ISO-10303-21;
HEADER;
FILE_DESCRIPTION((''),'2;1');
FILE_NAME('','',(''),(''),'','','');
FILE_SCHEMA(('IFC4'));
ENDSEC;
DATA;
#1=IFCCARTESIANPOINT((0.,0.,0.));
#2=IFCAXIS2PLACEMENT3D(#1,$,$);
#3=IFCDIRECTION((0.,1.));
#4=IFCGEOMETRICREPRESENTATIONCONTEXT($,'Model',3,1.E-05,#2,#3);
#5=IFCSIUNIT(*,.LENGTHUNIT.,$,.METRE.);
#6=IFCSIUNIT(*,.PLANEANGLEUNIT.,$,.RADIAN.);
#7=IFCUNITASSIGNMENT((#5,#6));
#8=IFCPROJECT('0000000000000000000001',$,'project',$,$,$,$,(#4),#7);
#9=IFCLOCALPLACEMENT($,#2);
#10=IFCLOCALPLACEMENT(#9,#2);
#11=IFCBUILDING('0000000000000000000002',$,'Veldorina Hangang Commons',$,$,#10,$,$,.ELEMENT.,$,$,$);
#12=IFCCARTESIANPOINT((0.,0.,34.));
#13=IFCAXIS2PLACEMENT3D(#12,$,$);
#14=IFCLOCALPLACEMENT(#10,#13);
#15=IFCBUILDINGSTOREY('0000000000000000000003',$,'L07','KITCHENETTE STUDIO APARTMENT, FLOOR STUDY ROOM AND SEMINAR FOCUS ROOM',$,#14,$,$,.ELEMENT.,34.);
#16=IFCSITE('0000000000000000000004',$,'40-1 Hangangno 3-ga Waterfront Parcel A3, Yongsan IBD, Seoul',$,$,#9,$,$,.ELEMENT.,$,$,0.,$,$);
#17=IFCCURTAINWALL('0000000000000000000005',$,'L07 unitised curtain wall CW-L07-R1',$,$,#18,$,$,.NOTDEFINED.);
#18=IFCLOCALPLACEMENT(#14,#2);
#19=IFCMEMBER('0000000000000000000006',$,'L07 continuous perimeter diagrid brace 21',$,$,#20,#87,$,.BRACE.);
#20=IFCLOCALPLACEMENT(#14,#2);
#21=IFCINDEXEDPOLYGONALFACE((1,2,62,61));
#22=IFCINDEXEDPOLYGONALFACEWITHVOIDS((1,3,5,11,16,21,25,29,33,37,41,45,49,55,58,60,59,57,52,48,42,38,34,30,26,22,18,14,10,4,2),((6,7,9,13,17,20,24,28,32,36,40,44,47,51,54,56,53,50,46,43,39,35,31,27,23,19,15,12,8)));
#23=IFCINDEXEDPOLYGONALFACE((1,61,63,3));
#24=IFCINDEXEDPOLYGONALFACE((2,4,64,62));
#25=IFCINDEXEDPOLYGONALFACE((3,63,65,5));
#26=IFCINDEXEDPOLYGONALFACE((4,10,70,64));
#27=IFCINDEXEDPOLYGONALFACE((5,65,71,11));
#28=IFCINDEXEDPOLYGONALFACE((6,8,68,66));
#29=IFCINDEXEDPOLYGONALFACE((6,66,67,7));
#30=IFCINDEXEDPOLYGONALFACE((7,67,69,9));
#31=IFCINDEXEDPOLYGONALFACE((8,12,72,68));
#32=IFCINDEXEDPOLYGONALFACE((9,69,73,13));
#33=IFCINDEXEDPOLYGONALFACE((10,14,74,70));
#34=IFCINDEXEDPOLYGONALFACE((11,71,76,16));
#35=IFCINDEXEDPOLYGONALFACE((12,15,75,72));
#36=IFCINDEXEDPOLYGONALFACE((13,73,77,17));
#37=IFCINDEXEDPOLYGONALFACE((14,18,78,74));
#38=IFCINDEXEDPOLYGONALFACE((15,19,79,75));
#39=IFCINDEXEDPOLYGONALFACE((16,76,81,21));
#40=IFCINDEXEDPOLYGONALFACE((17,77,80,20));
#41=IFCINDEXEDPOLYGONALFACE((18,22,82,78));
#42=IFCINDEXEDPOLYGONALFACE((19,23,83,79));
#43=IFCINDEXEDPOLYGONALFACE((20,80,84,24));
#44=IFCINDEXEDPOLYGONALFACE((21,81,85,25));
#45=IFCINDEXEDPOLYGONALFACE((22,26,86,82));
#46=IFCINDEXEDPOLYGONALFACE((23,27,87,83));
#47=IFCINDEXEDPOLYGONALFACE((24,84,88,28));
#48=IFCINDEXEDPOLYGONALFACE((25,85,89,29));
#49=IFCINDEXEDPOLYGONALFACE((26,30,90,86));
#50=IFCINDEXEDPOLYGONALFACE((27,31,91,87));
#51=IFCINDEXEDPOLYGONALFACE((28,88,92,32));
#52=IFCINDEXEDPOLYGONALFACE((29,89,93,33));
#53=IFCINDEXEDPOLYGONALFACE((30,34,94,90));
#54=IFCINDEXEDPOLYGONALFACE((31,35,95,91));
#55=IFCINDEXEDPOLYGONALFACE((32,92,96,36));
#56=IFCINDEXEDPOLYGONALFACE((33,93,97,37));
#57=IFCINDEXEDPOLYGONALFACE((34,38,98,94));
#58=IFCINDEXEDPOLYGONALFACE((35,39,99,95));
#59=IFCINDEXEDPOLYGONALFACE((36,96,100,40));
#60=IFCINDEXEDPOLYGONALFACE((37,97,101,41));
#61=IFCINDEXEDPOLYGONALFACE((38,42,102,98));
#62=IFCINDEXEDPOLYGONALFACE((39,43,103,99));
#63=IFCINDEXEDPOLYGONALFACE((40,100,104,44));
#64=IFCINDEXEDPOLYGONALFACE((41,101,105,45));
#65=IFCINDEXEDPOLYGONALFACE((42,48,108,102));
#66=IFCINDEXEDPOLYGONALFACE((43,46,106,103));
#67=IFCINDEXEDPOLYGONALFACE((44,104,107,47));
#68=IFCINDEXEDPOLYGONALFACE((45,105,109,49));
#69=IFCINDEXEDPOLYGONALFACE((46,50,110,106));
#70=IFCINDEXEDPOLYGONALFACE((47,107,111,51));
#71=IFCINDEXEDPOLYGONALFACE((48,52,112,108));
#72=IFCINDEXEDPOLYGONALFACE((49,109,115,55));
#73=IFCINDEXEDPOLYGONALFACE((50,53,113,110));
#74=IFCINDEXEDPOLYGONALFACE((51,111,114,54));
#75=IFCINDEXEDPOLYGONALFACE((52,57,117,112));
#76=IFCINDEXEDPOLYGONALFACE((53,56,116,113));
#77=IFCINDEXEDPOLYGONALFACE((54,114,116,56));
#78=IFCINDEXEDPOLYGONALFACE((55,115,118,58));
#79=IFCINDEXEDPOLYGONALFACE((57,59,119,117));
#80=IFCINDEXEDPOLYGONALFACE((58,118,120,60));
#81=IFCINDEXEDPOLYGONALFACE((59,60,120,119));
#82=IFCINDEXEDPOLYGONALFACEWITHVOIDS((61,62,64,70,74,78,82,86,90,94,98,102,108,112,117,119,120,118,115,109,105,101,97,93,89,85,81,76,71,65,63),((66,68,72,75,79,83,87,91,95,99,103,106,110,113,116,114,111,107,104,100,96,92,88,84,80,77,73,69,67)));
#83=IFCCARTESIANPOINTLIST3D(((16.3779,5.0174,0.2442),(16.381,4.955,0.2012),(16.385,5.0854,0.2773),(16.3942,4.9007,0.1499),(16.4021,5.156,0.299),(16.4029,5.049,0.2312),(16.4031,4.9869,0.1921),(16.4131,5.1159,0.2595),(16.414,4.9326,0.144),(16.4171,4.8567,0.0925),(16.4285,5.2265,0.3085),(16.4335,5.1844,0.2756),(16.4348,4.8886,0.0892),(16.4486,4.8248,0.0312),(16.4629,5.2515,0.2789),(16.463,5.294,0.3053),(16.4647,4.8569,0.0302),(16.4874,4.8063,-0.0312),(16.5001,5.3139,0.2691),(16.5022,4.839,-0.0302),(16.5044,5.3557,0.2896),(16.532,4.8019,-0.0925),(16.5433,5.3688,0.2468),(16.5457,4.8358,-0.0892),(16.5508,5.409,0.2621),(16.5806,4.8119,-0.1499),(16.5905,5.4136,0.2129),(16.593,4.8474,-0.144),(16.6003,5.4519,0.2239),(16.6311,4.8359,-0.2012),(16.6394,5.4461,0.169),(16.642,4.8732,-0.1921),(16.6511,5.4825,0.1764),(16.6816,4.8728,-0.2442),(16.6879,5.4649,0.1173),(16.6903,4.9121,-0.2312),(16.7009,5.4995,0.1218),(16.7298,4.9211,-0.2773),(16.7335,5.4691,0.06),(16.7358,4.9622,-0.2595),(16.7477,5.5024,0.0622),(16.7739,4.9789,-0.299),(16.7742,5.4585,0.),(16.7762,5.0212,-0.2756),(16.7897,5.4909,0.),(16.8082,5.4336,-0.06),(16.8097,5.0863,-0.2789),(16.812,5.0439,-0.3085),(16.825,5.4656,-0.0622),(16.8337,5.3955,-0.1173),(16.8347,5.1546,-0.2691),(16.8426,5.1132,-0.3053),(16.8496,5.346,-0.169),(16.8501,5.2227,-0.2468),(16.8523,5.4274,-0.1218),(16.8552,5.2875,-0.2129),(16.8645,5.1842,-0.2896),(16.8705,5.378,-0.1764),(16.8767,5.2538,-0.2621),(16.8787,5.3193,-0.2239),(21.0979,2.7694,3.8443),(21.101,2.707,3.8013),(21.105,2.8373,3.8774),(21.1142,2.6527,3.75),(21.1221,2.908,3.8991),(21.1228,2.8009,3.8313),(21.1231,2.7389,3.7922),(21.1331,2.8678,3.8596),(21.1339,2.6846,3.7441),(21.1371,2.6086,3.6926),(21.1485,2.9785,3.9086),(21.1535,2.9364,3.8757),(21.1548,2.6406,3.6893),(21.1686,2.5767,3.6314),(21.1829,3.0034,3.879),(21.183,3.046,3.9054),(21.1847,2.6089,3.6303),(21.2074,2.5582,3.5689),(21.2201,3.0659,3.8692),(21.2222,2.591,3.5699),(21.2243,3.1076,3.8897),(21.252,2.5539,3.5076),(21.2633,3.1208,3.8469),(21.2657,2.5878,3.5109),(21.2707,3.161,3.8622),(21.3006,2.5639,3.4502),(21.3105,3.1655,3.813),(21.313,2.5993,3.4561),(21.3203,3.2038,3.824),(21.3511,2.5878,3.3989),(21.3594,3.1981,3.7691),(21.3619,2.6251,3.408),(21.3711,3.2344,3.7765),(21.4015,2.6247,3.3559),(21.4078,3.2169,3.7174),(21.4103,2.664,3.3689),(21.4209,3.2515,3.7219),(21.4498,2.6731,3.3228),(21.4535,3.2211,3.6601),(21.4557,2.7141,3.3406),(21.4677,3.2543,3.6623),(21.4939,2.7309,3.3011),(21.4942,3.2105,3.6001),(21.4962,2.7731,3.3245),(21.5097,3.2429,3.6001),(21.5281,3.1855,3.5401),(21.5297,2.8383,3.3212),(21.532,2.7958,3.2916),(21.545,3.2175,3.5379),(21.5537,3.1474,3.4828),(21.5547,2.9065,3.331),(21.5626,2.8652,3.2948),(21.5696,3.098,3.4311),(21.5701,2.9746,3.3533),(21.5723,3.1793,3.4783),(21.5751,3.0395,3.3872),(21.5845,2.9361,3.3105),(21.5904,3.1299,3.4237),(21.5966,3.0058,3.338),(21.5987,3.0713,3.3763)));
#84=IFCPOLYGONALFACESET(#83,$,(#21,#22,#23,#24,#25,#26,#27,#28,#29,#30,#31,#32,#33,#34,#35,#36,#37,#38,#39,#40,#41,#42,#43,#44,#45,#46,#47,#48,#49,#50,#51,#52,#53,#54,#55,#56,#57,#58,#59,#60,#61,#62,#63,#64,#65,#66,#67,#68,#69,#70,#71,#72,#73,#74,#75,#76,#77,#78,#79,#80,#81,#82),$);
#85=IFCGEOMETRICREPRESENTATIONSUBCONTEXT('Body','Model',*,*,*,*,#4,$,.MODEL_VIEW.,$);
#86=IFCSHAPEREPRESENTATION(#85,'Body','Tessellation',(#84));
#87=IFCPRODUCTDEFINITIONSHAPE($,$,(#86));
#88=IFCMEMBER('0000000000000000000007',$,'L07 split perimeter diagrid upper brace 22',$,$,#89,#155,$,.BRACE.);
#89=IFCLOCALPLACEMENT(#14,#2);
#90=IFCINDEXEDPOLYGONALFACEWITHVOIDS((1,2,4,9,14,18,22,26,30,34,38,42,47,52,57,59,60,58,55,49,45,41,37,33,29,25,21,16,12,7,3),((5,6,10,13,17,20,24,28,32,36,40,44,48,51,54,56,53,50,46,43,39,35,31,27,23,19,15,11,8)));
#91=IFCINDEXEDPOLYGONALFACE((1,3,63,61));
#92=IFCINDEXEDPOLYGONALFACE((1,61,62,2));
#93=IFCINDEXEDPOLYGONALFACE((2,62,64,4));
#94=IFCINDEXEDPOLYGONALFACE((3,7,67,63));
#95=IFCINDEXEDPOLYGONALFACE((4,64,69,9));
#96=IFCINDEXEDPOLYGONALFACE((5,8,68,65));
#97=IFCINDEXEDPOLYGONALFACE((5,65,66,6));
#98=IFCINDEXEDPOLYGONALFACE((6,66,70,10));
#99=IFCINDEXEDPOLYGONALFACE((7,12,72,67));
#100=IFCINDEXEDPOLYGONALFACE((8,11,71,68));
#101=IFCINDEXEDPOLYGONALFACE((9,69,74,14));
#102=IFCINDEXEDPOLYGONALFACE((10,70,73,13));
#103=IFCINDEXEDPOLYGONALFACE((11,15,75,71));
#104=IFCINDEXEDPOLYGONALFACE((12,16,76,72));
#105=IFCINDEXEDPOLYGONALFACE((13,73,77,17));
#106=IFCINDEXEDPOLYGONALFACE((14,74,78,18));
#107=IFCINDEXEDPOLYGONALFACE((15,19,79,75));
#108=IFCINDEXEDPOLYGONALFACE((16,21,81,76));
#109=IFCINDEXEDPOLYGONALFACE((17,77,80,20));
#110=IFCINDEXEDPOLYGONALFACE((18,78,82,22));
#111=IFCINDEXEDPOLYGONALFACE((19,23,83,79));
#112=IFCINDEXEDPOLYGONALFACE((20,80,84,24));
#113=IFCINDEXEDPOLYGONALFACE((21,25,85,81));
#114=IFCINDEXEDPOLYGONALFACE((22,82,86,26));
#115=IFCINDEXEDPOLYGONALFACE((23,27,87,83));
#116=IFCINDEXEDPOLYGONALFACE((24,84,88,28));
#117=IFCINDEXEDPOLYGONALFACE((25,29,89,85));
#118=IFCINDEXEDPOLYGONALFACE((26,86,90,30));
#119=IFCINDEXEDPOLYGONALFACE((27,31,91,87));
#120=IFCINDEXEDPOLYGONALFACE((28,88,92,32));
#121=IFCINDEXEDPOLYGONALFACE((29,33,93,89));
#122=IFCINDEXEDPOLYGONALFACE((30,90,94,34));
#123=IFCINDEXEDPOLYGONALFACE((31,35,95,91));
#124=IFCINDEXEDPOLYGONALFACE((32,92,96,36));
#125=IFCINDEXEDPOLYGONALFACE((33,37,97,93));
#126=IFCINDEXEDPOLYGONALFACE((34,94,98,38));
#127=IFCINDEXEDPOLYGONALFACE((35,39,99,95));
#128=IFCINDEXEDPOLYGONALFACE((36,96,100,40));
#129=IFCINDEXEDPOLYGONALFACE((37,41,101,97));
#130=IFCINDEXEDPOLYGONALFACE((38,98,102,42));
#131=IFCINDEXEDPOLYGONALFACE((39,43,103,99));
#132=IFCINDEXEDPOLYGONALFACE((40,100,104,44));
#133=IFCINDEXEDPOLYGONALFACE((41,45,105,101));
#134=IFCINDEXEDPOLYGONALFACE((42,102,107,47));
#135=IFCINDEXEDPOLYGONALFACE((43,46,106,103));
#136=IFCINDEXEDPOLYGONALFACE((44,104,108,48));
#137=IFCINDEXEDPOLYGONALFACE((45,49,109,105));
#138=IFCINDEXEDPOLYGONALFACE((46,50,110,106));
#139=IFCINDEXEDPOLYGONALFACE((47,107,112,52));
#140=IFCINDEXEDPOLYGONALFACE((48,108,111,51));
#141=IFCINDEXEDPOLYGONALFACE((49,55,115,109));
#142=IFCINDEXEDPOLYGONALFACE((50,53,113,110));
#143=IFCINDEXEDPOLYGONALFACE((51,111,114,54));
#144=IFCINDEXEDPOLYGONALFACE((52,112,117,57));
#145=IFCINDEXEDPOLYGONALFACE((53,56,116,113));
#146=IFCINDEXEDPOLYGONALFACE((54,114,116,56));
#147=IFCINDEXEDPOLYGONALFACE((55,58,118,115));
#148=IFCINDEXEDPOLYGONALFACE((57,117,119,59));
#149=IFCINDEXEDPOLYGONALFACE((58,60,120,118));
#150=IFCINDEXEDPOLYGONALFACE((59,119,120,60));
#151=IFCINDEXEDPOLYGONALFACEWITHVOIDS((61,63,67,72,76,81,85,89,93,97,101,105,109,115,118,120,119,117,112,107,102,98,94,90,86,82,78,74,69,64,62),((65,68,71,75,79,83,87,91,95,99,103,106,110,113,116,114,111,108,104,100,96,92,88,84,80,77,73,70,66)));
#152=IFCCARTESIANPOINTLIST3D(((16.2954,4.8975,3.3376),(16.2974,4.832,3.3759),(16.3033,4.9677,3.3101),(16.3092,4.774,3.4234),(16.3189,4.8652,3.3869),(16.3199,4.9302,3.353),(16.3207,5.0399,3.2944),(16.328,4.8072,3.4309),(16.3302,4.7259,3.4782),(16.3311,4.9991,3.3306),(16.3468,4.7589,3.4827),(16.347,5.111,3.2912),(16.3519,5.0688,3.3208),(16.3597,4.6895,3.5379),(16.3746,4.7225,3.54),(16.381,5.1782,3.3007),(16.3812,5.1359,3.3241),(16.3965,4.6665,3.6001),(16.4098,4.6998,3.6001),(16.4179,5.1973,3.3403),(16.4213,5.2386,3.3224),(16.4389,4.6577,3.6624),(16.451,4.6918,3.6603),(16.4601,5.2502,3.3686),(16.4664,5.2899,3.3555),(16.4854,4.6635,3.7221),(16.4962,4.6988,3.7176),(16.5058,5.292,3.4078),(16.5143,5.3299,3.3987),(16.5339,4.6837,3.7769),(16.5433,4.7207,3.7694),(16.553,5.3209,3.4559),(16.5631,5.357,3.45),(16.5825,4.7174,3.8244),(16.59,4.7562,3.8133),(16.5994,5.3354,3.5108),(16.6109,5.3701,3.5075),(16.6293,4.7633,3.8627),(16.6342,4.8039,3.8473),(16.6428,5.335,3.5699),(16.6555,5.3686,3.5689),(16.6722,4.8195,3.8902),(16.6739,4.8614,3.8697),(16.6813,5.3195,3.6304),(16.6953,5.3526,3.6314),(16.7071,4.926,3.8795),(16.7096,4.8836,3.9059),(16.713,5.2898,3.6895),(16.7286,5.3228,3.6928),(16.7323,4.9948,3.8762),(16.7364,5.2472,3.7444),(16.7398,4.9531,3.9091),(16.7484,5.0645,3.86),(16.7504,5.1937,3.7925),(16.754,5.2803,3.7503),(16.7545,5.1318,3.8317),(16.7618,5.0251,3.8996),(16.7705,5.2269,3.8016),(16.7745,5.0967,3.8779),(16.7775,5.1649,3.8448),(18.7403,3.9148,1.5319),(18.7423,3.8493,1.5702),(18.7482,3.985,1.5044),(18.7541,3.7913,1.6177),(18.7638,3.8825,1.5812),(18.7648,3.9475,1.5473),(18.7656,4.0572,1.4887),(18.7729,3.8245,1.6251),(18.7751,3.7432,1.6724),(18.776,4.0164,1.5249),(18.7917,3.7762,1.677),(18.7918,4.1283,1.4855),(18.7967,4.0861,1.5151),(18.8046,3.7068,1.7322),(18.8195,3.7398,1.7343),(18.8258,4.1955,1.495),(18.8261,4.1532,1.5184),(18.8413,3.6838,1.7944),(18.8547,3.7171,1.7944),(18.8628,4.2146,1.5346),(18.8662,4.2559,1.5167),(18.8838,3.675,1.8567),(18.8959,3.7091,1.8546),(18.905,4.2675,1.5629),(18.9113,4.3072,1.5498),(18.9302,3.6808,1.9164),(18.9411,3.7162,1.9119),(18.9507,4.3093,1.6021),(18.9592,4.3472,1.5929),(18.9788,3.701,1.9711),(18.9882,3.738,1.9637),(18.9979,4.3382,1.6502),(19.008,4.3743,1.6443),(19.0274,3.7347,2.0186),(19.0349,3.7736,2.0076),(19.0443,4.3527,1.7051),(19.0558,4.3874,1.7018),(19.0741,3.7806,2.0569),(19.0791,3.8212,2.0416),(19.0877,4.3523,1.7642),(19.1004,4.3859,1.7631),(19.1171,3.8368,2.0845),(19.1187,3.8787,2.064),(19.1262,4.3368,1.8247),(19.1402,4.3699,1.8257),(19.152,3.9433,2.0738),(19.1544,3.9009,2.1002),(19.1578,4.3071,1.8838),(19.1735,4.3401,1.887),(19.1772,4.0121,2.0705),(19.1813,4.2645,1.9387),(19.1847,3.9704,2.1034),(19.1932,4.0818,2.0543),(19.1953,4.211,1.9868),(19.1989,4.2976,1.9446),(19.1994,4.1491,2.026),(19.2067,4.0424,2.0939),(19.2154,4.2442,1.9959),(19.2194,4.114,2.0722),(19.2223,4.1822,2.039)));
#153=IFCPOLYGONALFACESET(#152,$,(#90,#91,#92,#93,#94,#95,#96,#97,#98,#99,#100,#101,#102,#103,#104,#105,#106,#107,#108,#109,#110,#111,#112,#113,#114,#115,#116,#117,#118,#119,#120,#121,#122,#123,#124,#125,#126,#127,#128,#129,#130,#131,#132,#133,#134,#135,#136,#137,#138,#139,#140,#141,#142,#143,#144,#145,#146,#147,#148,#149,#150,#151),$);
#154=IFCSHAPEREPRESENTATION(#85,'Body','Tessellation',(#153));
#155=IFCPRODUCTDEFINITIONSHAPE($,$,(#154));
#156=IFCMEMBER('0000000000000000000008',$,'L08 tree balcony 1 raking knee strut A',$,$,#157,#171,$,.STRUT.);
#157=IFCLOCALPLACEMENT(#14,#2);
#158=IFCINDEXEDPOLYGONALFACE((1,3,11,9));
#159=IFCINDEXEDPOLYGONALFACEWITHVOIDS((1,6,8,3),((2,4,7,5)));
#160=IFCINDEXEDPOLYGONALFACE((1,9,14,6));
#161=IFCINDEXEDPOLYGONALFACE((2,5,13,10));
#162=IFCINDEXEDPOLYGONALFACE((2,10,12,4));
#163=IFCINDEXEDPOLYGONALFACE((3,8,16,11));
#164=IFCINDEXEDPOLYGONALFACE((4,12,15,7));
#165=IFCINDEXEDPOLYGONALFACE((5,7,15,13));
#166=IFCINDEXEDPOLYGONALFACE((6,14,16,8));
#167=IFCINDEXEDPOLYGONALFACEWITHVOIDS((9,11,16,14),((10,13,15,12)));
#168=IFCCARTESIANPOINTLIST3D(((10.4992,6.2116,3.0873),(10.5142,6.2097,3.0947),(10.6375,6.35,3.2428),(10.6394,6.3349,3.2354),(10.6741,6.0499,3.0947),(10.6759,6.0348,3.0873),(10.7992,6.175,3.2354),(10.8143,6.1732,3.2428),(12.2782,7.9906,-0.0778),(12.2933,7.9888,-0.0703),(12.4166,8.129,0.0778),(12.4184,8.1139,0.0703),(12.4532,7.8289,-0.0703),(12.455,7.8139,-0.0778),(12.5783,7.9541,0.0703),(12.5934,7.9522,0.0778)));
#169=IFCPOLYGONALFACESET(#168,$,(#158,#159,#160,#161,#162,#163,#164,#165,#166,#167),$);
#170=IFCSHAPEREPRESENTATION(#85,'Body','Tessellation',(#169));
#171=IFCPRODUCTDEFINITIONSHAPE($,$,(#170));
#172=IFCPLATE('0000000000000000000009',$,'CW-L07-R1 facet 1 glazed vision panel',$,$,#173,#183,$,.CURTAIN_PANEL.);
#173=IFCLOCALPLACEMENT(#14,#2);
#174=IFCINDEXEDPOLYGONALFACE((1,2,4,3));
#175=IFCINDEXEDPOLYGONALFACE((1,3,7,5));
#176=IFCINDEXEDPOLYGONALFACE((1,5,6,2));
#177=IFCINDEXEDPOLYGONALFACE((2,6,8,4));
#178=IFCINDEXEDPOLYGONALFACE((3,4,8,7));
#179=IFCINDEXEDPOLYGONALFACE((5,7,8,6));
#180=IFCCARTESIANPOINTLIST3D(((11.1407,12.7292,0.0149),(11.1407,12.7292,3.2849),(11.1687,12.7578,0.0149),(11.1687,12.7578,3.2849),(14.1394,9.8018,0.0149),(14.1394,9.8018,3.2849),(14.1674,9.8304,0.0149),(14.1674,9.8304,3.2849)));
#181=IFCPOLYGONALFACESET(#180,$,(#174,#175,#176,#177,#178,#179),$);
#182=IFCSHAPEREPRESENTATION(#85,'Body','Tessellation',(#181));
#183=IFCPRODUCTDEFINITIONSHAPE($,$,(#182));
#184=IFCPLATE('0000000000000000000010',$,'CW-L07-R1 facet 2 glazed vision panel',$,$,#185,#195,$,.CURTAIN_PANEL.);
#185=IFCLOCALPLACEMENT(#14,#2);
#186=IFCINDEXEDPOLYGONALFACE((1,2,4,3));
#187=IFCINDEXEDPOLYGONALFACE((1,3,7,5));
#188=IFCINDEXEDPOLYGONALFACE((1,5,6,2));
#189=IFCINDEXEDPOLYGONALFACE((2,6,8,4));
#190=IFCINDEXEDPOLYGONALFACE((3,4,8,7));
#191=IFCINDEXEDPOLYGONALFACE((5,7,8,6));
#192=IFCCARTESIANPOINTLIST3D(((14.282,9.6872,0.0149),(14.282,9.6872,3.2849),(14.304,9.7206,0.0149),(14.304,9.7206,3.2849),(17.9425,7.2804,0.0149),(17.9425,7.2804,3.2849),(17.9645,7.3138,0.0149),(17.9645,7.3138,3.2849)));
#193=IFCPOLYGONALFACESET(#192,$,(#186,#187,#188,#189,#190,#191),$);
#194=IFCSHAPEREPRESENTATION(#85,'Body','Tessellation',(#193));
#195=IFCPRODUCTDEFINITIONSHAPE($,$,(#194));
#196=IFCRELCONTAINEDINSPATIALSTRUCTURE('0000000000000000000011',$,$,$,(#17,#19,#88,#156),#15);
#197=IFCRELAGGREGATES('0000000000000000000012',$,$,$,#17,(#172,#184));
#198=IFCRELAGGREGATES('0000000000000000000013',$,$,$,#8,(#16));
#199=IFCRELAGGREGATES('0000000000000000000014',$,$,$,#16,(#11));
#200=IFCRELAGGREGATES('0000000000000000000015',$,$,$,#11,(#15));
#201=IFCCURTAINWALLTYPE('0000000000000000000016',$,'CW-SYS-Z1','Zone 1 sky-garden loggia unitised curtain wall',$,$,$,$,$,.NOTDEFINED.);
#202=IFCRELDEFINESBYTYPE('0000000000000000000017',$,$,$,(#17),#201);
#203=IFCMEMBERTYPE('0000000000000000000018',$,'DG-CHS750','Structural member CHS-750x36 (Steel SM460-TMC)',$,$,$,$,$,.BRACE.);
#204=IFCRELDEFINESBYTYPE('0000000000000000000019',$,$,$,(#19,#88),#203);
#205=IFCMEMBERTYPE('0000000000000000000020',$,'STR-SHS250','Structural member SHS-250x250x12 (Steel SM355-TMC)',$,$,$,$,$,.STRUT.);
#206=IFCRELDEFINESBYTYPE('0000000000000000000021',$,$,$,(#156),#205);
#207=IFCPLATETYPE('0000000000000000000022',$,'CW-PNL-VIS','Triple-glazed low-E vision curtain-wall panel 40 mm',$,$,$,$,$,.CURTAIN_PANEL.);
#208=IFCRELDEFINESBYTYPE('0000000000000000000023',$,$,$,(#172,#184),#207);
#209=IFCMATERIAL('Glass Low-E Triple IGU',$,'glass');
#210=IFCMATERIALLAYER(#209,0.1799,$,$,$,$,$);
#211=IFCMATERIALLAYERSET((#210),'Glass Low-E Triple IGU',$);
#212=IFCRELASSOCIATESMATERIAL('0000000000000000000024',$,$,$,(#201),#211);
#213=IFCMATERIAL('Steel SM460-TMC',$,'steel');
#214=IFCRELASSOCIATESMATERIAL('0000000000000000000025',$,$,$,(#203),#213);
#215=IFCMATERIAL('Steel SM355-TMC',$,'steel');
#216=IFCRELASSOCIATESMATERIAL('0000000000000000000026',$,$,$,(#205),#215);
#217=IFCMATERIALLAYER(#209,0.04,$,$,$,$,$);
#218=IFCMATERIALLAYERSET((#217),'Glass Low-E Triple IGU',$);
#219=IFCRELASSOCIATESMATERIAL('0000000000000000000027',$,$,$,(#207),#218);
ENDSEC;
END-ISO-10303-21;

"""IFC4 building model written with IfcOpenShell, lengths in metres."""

from ifc_helpers import new_model, si_unit, direction, frame, origin, origin_2d, place, context, subcontext, project, spatial, rectangle, hollow_rectangle, hollow_circle, extrude, material, layer, layer_set, material_profile, profile_set, type_object, element, aggregate, save


model = new_model("IFC4")

# Units and contexts
model_context = context("Model", 3, precision=1e-05, world=origin(), true_north=direction((0.0, 1.0)))
body_context = subcontext(model_context, "Body", "Model", "MODEL_VIEW")
ifc_project = project(units=[si_unit("LENGTHUNIT", "METRE"), si_unit("PLANEANGLEUNIT", "RADIAN")], contexts=[model_context])

# Site, building, storey
site_placement = place(None, origin())
site = spatial("IfcSite", under=ifc_project, at=site_placement, Name="40-1 Hangangno 3-ga Waterfront Parcel A3, Yongsan IBD, Seoul", CompositionType="ELEMENT", RefElevation=0.0)
building_placement = place(site_placement, origin())
building = spatial("IfcBuilding", under=site, at=building_placement, Name="Veldorina Hangang Commons", CompositionType="ELEMENT")
storey_placement = place(building_placement, frame((0.0, 0.0, 34.0)))
storey = spatial("IfcBuildingStorey", under=building, at=storey_placement, Name="L07", Description="KITCHENETTE STUDIO APARTMENT, FLOOR STUDY ROOM AND SEMINAR FOCUS ROOM", CompositionType="ELEMENT", Elevation=34.0)

# Shared definitions
ifc_material_1 = material(Name="Steel SM355-TMC", Category="steel")
ifc_material_2 = material(Name="Steel SM460-TMC", Category="steel")

# Curtain wall
ifc_material_3 = material(Name="Glass Low-E Triple IGU", Category="glass")
ifc_layer_1 = layer(ifc_material_3, 0.1799)
ifc_layer_set_1 = layer_set([ifc_layer_1], Name="Glass Low-E Triple IGU")
curtain_wall_type = type_object("IfcCurtainWallType", Name="CW-SYS-Z1", Description="Zone 1 sky-garden loggia unitised curtain wall", PredefinedType="NOTDEFINED", material=ifc_layer_set_1)
curtain_wall_placement = place(storey_placement, origin())
curtain_wall = element("IfcCurtainWall", 1, at=curtain_wall_placement, inside=storey, type_object=curtain_wall_type, Name="L07 unitised curtain wall CW-L07-R1", PredefinedType="NOTDEFINED")

# Members
ifc_material_profile_1 = material_profile(ifc_material_2, hollow_circle(Radius=0.375, WallThickness=0.0359, at=origin_2d()), Name="CHS-750x36")
ifc_profile_set_1 = profile_set([ifc_material_profile_1], Name="Steel SM460-TMC")
member_type_1 = type_object("IfcMemberType", Name="DG-CHS750", Description="Structural member CHS-750x36 (Steel SM460-TMC)", PredefinedType="BRACE", material=ifc_profile_set_1)
member_1_placement = place(storey_placement, frame((16.6284, 5.1523, 0.0), z_axis=(0.743579, -0.354155, 0.567155), x_axis=(0.430002, 0.902828, 0.0)))
element("IfcMember", 2, at=member_1_placement, inside=storey, type_object=member_type_1, Name="L07 continuous perimeter diagrid brace 21", PredefinedType="BRACE", context=body_context, shape_type="SweptSolid", body=[
    extrude(hollow_circle(Radius=0.375, WallThickness=0.0359, at=origin_2d()), origin(), (0.0, 0.0, 1.0), 6.3477),
])
member_2_placement = place(storey_placement, frame((18.9812, 4.0317, 1.7944), z_axis=(-0.765383, 0.307636, 0.565286), x_axis=(-0.37294, -0.927856, 0.0)))
element("IfcMember", 3, at=member_2_placement, inside=storey, type_object=member_type_1, Name="L07 split perimeter diagrid upper brace 22", PredefinedType="BRACE", context=body_context, shape_type="SweptSolid", body=[
    extrude(hollow_circle(Radius=0.375, WallThickness=0.0359, at=origin_2d()), origin(), (0.0, 0.0, 1.0), 3.1943),
])
ifc_material_profile_2 = material_profile(ifc_material_1, hollow_rectangle(XDim=0.25, YDim=0.25, WallThickness=0.012, at=origin_2d()), Name="SHS-250x250x12")
ifc_profile_set_2 = profile_set([ifc_material_profile_2], Name="Steel SM355-TMC")
member_type_2 = type_object("IfcMemberType", Name="STR-SHS250", Description="Structural member SHS-250x250x12 (Steel SM355-TMC)", PredefinedType="STRUT", material=ifc_profile_set_2)
member_3_placement = place(storey_placement, frame((12.4358, 7.9714, 0.0), z_axis=(-0.44001, -0.44001, 0.782804), x_axis=(0.707107, -0.707107, 0.0)))
element("IfcMember", 4, at=member_3_placement, inside=storey, type_object=member_type_2, Name="L08 tree balcony 1 raking knee strut A", PredefinedType="STRUT", context=body_context, shape_type="SweptSolid", body=[
    extrude(hollow_rectangle(XDim=0.25, YDim=0.25, WallThickness=0.012, at=origin_2d()), origin(), (0.0, 0.0, 1.0), 4.0432),
])

# Plates
ifc_layer_2 = layer(ifc_material_3, 0.04)
ifc_layer_set_2 = layer_set([ifc_layer_2], Name="Glass Low-E Triple IGU")
plate_type_1 = type_object("IfcPlateType", Name="CW-PNL-VIS", Description="Triple-glazed low-E vision curtain-wall panel 40 mm", PredefinedType="CURTAIN_PANEL", material=ifc_layer_set_2)
plate_1_placement = place(storey_placement, frame((12.6541, 11.2798, 0.0149), z_axis=(0.0, 0.0, 1.0), x_axis=(0.715559, -0.698553, 0.0)))
plate_1 = element("IfcPlate", 5, at=plate_1_placement, type_object=plate_type_1, Name="CW-L07-R1 facet 1 glazed vision panel", PredefinedType="CURTAIN_PANEL", context=body_context, shape_type="SweptSolid", body=[
    extrude(rectangle(XDim=4.1907, YDim=0.04, at=origin_2d()), origin(), (0.0, 0.0, 1.0), 3.27),
])
plate_2_placement = place(storey_placement, frame((16.1233, 8.5005, 0.0149), z_axis=(0.0, 0.0, 1.0), x_axis=(0.835568, -0.549387, 0.0)))
plate_2 = element("IfcPlate", 6, at=plate_2_placement, type_object=plate_type_1, Name="CW-L07-R1 facet 2 glazed vision panel", PredefinedType="CURTAIN_PANEL", context=body_context, shape_type="SweptSolid", body=[
    extrude(rectangle(XDim=4.3809, YDim=0.04, at=origin_2d()), origin(), (0.0, 0.0, 1.0), 3.27),
])
aggregate(curtain_wall, [plate_1, plate_2])

save(model, "model.ifc")
